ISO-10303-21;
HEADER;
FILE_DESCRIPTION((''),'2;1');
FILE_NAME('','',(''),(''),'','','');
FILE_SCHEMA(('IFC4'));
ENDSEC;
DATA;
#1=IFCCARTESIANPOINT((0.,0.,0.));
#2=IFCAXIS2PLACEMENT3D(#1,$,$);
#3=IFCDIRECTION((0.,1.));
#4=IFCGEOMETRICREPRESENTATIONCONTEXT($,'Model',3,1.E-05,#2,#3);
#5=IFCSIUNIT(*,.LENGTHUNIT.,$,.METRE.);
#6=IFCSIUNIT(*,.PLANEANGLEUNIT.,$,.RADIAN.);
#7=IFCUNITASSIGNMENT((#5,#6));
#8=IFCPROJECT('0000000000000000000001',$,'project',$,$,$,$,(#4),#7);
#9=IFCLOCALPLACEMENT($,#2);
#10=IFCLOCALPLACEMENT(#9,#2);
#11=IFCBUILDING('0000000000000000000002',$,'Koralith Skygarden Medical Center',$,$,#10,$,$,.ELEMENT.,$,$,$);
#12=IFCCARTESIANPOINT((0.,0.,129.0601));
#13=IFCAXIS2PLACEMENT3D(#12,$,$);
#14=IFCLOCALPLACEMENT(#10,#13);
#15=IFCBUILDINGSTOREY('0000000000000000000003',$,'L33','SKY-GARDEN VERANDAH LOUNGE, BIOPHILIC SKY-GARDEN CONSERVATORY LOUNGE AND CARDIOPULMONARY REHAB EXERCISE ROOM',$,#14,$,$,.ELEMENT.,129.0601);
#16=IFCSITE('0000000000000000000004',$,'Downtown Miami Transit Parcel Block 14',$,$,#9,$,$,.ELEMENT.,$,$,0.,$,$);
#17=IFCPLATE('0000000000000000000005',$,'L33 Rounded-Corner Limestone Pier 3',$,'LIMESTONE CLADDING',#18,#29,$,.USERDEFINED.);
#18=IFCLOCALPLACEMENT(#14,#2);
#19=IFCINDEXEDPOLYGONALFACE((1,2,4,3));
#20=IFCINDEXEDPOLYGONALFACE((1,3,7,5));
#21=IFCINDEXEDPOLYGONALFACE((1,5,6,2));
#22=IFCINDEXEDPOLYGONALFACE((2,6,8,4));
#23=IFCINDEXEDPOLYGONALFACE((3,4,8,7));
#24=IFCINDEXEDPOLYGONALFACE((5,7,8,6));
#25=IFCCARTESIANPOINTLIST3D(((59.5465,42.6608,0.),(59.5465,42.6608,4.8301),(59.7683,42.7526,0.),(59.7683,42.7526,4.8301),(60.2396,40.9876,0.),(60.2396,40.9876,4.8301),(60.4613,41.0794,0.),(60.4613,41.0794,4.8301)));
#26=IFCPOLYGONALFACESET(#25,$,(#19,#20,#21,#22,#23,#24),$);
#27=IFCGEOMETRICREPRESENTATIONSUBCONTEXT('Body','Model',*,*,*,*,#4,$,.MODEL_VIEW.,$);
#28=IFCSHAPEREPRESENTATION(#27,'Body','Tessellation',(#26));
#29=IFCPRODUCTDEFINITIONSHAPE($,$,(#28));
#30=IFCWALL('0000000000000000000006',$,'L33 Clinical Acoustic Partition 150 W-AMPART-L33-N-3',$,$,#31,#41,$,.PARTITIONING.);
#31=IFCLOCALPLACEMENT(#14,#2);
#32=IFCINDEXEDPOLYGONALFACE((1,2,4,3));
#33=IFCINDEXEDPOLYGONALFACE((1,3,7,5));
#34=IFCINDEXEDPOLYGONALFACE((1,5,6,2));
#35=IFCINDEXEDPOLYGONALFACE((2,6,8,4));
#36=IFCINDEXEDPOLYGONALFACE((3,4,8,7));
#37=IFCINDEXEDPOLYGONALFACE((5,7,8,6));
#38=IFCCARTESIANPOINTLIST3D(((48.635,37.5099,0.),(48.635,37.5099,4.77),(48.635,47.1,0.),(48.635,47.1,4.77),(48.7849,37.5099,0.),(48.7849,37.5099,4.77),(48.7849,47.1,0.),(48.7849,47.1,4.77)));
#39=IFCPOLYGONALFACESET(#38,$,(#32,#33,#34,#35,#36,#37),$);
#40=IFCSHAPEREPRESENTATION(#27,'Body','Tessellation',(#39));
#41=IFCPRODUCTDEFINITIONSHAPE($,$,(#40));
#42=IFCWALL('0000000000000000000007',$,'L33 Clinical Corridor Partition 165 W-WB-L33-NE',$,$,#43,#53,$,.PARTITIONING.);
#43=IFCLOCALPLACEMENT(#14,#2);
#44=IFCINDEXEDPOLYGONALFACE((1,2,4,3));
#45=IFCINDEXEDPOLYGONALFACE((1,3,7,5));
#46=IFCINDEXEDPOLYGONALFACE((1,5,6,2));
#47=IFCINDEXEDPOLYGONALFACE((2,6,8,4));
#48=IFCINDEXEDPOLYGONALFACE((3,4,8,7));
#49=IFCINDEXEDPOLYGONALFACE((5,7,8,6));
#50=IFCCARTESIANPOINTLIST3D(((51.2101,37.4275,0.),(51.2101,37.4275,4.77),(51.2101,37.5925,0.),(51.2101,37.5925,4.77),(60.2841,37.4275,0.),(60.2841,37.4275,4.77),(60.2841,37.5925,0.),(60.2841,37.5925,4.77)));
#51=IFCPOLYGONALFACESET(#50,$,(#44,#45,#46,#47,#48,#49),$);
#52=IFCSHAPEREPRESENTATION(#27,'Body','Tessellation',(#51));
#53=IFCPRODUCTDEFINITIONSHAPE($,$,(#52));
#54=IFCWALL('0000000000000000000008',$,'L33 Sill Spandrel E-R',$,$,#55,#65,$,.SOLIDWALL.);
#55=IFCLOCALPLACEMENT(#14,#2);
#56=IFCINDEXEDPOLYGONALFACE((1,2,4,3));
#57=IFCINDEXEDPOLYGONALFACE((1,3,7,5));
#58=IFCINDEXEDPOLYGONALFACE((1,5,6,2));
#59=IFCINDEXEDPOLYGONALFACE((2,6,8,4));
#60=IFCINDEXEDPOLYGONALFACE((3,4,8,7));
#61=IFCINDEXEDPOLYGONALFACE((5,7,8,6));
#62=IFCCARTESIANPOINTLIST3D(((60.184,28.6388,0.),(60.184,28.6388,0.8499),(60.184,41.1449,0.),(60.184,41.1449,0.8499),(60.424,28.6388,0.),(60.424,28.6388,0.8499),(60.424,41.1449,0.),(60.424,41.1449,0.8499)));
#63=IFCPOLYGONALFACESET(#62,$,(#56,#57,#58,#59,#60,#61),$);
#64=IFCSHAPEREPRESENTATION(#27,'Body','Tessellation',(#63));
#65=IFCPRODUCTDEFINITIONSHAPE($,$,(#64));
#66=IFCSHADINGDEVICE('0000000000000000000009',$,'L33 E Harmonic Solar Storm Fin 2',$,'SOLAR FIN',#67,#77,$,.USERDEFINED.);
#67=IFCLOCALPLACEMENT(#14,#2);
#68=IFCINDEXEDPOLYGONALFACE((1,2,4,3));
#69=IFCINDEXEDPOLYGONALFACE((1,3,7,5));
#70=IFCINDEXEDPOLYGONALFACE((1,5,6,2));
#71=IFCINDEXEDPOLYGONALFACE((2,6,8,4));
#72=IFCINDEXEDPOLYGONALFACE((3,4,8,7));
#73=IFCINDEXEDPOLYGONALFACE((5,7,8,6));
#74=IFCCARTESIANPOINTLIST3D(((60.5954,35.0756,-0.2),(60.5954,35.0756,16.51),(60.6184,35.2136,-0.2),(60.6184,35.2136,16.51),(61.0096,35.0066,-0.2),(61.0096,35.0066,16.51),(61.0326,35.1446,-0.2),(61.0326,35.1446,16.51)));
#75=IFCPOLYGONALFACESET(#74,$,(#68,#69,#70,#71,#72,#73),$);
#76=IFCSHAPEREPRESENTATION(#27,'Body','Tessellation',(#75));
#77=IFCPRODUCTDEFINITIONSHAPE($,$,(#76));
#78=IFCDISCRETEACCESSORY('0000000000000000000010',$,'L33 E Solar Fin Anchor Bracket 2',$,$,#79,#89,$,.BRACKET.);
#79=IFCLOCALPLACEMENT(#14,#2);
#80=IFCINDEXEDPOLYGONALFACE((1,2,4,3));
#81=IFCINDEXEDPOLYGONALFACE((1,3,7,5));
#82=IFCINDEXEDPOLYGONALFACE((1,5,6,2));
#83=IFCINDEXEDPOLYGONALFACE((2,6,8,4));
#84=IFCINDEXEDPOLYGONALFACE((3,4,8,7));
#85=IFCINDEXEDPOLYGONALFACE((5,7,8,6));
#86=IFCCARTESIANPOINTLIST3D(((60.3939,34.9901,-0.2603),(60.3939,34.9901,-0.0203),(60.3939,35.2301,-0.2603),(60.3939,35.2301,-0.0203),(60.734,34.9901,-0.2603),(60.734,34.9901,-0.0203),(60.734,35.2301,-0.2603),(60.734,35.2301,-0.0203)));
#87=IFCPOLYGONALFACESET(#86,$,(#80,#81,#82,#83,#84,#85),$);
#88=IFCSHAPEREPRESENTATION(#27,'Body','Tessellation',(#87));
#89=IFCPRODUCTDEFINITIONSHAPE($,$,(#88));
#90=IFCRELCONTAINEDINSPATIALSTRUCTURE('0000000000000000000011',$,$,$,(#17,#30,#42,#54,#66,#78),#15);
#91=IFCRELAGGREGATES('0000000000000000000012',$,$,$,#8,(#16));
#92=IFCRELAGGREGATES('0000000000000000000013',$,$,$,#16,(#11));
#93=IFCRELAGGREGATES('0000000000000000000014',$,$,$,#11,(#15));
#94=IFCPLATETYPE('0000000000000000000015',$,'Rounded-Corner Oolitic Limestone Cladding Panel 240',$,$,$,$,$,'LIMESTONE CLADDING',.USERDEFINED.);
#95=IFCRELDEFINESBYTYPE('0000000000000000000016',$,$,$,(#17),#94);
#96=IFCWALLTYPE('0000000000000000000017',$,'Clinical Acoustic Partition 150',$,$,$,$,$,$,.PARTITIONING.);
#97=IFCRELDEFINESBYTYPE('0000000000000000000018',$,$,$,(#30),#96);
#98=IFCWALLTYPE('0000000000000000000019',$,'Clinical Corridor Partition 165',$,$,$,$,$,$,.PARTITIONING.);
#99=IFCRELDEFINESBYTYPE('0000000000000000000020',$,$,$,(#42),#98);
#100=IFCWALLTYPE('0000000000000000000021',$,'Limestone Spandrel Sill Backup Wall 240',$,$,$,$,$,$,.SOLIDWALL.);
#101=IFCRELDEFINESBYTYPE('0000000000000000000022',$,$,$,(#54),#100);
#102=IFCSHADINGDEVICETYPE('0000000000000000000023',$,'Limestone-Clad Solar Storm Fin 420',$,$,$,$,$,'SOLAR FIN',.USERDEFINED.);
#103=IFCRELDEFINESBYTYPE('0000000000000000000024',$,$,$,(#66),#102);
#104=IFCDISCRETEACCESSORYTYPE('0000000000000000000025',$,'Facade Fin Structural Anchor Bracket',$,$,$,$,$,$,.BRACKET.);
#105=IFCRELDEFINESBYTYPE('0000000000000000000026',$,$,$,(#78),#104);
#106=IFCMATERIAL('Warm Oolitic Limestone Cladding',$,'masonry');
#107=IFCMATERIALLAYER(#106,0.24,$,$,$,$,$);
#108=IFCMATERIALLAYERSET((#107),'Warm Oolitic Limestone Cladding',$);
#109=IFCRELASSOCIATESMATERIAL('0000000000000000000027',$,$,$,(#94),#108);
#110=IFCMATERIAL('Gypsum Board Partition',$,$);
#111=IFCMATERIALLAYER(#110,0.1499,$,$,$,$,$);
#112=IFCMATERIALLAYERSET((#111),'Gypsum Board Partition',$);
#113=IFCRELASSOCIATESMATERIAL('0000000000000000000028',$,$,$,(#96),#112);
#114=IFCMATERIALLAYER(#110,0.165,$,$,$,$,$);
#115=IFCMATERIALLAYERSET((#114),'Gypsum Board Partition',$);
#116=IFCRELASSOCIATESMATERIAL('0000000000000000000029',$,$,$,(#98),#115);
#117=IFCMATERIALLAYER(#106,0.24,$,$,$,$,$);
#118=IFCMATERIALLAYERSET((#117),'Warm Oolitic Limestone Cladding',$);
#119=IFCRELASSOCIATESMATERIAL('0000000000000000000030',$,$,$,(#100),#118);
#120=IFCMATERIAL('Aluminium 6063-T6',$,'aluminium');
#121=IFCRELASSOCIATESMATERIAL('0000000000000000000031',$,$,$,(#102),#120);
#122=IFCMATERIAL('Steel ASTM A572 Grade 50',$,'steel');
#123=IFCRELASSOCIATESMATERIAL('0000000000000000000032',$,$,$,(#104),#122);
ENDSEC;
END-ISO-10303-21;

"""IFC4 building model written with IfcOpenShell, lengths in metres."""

from ifc_helpers import new_model, si_unit, direction, frame, frame_2d, origin, origin_2d, place, context, subcontext, project, spatial, rectangle, extrude, material, layer, layer_set, type_object, element, save


model = new_model("IFC4")

# Units and contexts
model_context = context("Model", 3, precision=1e-05, world=origin(), true_north=direction((0.0, 1.0)))
body_context = subcontext(model_context, "Body", "Model", "MODEL_VIEW")
ifc_project = project(units=[si_unit("LENGTHUNIT", "METRE"), si_unit("PLANEANGLEUNIT", "RADIAN")], contexts=[model_context])

# Site, building, storey
site_placement = place(None, origin())
site = spatial("IfcSite", under=ifc_project, at=site_placement, Name="Downtown Miami Transit Parcel Block 14", CompositionType="ELEMENT", RefElevation=0.0)
building_placement = place(site_placement, origin())
building = spatial("IfcBuilding", under=site, at=building_placement, Name="Koralith Skygarden Medical Center", CompositionType="ELEMENT")
storey_placement = place(building_placement, frame((0.0, 0.0, 129.0601)))
storey = spatial("IfcBuildingStorey", under=building, at=storey_placement, Name="L33", Description="SKY-GARDEN VERANDAH LOUNGE, BIOPHILIC SKY-GARDEN CONSERVATORY LOUNGE AND CARDIOPULMONARY REHAB EXERCISE ROOM", CompositionType="ELEMENT", Elevation=129.0601)

# Shared definitions
ifc_material_1 = material(Name="Aluminium 6063-T6", Category="aluminium")

# Plate
ifc_material_2 = material(Name="Warm Oolitic Limestone Cladding", Category="masonry")
ifc_layer_1 = layer(ifc_material_2, 0.24)
ifc_layer_set_1 = layer_set([ifc_layer_1], Name="Warm Oolitic Limestone Cladding")
plate_type_1 = type_object("IfcPlateType", Name="Rounded-Corner Oolitic Limestone Cladding Panel 240", ElementType="LIMESTONE CLADDING", PredefinedType="USERDEFINED", material=ifc_layer_set_1)
plate_1_placement = place(storey_placement, frame((60.0039, 41.8701, 0.0), z_axis=(0.0, 0.0, 1.0), x_axis=(-0.382671, 0.923885, 0.0)))
element("IfcPlate", 1, at=plate_1_placement, inside=storey, type_object=plate_type_1, Name="L33 Rounded-Corner Limestone Pier 3", ObjectType="LIMESTONE CLADDING", PredefinedType="USERDEFINED", context=body_context, shape_type="SweptSolid", body=[
    extrude(rectangle(XDim=1.811, YDim=0.24, at=origin_2d()), origin(), (0.0, 0.0, 1.0), 4.8301),
])

# Walls
ifc_material_3 = material(Name="Gypsum Board Partition")
ifc_layer_2 = layer(ifc_material_3, 0.1499)
ifc_layer_set_2 = layer_set([ifc_layer_2], Name="Gypsum Board Partition")
wall_type_1 = type_object("IfcWallType", Name="Clinical Acoustic Partition 150", PredefinedType="PARTITIONING", material=ifc_layer_set_2)
wall_1_placement = place(storey_placement, frame((48.71, 37.51, 0.0), z_axis=(0.0, 0.0, 1.0), x_axis=(0.0, 1.0, 0.0)))
element("IfcWall", 2, at=wall_1_placement, inside=storey, type_object=wall_type_1, Name="L33 Clinical Acoustic Partition 150 W-AMPART-L33-N-3", PredefinedType="PARTITIONING", context=body_context, shape_type="SweptSolid", body=[
    extrude(rectangle(XDim=9.5901, YDim=0.1499, at=frame_2d((4.7949, 0.0))), origin(), (0.0, 0.0, 1.0), 4.77),
])
ifc_layer_3 = layer(ifc_material_3, 0.165)
ifc_layer_set_3 = layer_set([ifc_layer_3], Name="Gypsum Board Partition")
wall_type_2 = type_object("IfcWallType", Name="Clinical Corridor Partition 165", PredefinedType="PARTITIONING", material=ifc_layer_set_3)
wall_2_placement = place(storey_placement, frame((51.21, 37.51, 0.0), z_axis=(0.0, 0.0, 1.0), x_axis=(1.0, 0.0, 0.0)))
element("IfcWall", 3, at=wall_2_placement, inside=storey, type_object=wall_type_2, Name="L33 Clinical Corridor Partition 165 W-WB-L33-NE", PredefinedType="PARTITIONING", context=body_context, shape_type="SweptSolid", body=[
    extrude(rectangle(XDim=9.074, YDim=0.165, at=frame_2d((4.5371, 0.0))), origin(), (0.0, 0.0, 1.0), 4.77),
])

# Wall
ifc_layer_4 = layer(ifc_material_2, 0.24)
ifc_layer_set_4 = layer_set([ifc_layer_4], Name="Warm Oolitic Limestone Cladding")
wall_type_3 = type_object("IfcWallType", Name="Limestone Spandrel Sill Backup Wall 240", PredefinedType="SOLIDWALL", material=ifc_layer_set_4)
wall_3_placement = place(storey_placement, frame((60.304, 28.6389, 0.0), z_axis=(0.0, 0.0, 1.0), x_axis=(0.0, 1.0, 0.0)))
element("IfcWall", 4, at=wall_3_placement, inside=storey, type_object=wall_type_3, Name="L33 Sill Spandrel E-R", PredefinedType="SOLIDWALL", context=body_context, shape_type="SweptSolid", body=[
    extrude(rectangle(XDim=12.5061, YDim=0.24, at=frame_2d((6.2529, 0.0))), origin(), (0.0, 0.0, 1.0), 0.8499),
])

# Shading device
shading_device_type = type_object("IfcShadingDeviceType", Name="Limestone-Clad Solar Storm Fin 420", ElementType="SOLAR FIN", PredefinedType="USERDEFINED", material=ifc_material_1)
shading_device_placement = place(storey_placement, frame((60.814, 35.1101, -0.2), z_axis=(0.0, 0.0, 1.0), x_axis=(0.986406, -0.164325, 0.0)))
element("IfcShadingDevice", 5, at=shading_device_placement, inside=storey, type_object=shading_device_type, Name="L33 E Harmonic Solar Storm Fin 2", ObjectType="SOLAR FIN", PredefinedType="USERDEFINED", context=body_context, shape_type="SweptSolid", body=[
    extrude(rectangle(XDim=0.4199, YDim=0.1399, at=origin_2d()), origin(), (0.0, 0.0, 1.0), 16.71),
])

# Discrete accessory
ifc_material_4 = material(Name="Steel ASTM A572 Grade 50", Category="steel")
discrete_accessory_type = type_object("IfcDiscreteAccessoryType", Name="Facade Fin Structural Anchor Bracket", PredefinedType="BRACKET", material=ifc_material_4)
discrete_accessory_placement = place(storey_placement, frame((60.564, 35.1101, -0.2603), z_axis=(0.0, 0.0, 1.0), x_axis=(1.0, 0.0, 0.0)))
element("IfcDiscreteAccessory", 6, at=discrete_accessory_placement, inside=storey, type_object=discrete_accessory_type, Name="L33 E Solar Fin Anchor Bracket 2", PredefinedType="BRACKET", context=body_context, shape_type="SweptSolid", body=[
    extrude(rectangle(XDim=0.3401, YDim=0.24, at=origin_2d()), origin(), (0.0, 0.0, 1.0), 0.24),
])

save(model, "model.ifc")
